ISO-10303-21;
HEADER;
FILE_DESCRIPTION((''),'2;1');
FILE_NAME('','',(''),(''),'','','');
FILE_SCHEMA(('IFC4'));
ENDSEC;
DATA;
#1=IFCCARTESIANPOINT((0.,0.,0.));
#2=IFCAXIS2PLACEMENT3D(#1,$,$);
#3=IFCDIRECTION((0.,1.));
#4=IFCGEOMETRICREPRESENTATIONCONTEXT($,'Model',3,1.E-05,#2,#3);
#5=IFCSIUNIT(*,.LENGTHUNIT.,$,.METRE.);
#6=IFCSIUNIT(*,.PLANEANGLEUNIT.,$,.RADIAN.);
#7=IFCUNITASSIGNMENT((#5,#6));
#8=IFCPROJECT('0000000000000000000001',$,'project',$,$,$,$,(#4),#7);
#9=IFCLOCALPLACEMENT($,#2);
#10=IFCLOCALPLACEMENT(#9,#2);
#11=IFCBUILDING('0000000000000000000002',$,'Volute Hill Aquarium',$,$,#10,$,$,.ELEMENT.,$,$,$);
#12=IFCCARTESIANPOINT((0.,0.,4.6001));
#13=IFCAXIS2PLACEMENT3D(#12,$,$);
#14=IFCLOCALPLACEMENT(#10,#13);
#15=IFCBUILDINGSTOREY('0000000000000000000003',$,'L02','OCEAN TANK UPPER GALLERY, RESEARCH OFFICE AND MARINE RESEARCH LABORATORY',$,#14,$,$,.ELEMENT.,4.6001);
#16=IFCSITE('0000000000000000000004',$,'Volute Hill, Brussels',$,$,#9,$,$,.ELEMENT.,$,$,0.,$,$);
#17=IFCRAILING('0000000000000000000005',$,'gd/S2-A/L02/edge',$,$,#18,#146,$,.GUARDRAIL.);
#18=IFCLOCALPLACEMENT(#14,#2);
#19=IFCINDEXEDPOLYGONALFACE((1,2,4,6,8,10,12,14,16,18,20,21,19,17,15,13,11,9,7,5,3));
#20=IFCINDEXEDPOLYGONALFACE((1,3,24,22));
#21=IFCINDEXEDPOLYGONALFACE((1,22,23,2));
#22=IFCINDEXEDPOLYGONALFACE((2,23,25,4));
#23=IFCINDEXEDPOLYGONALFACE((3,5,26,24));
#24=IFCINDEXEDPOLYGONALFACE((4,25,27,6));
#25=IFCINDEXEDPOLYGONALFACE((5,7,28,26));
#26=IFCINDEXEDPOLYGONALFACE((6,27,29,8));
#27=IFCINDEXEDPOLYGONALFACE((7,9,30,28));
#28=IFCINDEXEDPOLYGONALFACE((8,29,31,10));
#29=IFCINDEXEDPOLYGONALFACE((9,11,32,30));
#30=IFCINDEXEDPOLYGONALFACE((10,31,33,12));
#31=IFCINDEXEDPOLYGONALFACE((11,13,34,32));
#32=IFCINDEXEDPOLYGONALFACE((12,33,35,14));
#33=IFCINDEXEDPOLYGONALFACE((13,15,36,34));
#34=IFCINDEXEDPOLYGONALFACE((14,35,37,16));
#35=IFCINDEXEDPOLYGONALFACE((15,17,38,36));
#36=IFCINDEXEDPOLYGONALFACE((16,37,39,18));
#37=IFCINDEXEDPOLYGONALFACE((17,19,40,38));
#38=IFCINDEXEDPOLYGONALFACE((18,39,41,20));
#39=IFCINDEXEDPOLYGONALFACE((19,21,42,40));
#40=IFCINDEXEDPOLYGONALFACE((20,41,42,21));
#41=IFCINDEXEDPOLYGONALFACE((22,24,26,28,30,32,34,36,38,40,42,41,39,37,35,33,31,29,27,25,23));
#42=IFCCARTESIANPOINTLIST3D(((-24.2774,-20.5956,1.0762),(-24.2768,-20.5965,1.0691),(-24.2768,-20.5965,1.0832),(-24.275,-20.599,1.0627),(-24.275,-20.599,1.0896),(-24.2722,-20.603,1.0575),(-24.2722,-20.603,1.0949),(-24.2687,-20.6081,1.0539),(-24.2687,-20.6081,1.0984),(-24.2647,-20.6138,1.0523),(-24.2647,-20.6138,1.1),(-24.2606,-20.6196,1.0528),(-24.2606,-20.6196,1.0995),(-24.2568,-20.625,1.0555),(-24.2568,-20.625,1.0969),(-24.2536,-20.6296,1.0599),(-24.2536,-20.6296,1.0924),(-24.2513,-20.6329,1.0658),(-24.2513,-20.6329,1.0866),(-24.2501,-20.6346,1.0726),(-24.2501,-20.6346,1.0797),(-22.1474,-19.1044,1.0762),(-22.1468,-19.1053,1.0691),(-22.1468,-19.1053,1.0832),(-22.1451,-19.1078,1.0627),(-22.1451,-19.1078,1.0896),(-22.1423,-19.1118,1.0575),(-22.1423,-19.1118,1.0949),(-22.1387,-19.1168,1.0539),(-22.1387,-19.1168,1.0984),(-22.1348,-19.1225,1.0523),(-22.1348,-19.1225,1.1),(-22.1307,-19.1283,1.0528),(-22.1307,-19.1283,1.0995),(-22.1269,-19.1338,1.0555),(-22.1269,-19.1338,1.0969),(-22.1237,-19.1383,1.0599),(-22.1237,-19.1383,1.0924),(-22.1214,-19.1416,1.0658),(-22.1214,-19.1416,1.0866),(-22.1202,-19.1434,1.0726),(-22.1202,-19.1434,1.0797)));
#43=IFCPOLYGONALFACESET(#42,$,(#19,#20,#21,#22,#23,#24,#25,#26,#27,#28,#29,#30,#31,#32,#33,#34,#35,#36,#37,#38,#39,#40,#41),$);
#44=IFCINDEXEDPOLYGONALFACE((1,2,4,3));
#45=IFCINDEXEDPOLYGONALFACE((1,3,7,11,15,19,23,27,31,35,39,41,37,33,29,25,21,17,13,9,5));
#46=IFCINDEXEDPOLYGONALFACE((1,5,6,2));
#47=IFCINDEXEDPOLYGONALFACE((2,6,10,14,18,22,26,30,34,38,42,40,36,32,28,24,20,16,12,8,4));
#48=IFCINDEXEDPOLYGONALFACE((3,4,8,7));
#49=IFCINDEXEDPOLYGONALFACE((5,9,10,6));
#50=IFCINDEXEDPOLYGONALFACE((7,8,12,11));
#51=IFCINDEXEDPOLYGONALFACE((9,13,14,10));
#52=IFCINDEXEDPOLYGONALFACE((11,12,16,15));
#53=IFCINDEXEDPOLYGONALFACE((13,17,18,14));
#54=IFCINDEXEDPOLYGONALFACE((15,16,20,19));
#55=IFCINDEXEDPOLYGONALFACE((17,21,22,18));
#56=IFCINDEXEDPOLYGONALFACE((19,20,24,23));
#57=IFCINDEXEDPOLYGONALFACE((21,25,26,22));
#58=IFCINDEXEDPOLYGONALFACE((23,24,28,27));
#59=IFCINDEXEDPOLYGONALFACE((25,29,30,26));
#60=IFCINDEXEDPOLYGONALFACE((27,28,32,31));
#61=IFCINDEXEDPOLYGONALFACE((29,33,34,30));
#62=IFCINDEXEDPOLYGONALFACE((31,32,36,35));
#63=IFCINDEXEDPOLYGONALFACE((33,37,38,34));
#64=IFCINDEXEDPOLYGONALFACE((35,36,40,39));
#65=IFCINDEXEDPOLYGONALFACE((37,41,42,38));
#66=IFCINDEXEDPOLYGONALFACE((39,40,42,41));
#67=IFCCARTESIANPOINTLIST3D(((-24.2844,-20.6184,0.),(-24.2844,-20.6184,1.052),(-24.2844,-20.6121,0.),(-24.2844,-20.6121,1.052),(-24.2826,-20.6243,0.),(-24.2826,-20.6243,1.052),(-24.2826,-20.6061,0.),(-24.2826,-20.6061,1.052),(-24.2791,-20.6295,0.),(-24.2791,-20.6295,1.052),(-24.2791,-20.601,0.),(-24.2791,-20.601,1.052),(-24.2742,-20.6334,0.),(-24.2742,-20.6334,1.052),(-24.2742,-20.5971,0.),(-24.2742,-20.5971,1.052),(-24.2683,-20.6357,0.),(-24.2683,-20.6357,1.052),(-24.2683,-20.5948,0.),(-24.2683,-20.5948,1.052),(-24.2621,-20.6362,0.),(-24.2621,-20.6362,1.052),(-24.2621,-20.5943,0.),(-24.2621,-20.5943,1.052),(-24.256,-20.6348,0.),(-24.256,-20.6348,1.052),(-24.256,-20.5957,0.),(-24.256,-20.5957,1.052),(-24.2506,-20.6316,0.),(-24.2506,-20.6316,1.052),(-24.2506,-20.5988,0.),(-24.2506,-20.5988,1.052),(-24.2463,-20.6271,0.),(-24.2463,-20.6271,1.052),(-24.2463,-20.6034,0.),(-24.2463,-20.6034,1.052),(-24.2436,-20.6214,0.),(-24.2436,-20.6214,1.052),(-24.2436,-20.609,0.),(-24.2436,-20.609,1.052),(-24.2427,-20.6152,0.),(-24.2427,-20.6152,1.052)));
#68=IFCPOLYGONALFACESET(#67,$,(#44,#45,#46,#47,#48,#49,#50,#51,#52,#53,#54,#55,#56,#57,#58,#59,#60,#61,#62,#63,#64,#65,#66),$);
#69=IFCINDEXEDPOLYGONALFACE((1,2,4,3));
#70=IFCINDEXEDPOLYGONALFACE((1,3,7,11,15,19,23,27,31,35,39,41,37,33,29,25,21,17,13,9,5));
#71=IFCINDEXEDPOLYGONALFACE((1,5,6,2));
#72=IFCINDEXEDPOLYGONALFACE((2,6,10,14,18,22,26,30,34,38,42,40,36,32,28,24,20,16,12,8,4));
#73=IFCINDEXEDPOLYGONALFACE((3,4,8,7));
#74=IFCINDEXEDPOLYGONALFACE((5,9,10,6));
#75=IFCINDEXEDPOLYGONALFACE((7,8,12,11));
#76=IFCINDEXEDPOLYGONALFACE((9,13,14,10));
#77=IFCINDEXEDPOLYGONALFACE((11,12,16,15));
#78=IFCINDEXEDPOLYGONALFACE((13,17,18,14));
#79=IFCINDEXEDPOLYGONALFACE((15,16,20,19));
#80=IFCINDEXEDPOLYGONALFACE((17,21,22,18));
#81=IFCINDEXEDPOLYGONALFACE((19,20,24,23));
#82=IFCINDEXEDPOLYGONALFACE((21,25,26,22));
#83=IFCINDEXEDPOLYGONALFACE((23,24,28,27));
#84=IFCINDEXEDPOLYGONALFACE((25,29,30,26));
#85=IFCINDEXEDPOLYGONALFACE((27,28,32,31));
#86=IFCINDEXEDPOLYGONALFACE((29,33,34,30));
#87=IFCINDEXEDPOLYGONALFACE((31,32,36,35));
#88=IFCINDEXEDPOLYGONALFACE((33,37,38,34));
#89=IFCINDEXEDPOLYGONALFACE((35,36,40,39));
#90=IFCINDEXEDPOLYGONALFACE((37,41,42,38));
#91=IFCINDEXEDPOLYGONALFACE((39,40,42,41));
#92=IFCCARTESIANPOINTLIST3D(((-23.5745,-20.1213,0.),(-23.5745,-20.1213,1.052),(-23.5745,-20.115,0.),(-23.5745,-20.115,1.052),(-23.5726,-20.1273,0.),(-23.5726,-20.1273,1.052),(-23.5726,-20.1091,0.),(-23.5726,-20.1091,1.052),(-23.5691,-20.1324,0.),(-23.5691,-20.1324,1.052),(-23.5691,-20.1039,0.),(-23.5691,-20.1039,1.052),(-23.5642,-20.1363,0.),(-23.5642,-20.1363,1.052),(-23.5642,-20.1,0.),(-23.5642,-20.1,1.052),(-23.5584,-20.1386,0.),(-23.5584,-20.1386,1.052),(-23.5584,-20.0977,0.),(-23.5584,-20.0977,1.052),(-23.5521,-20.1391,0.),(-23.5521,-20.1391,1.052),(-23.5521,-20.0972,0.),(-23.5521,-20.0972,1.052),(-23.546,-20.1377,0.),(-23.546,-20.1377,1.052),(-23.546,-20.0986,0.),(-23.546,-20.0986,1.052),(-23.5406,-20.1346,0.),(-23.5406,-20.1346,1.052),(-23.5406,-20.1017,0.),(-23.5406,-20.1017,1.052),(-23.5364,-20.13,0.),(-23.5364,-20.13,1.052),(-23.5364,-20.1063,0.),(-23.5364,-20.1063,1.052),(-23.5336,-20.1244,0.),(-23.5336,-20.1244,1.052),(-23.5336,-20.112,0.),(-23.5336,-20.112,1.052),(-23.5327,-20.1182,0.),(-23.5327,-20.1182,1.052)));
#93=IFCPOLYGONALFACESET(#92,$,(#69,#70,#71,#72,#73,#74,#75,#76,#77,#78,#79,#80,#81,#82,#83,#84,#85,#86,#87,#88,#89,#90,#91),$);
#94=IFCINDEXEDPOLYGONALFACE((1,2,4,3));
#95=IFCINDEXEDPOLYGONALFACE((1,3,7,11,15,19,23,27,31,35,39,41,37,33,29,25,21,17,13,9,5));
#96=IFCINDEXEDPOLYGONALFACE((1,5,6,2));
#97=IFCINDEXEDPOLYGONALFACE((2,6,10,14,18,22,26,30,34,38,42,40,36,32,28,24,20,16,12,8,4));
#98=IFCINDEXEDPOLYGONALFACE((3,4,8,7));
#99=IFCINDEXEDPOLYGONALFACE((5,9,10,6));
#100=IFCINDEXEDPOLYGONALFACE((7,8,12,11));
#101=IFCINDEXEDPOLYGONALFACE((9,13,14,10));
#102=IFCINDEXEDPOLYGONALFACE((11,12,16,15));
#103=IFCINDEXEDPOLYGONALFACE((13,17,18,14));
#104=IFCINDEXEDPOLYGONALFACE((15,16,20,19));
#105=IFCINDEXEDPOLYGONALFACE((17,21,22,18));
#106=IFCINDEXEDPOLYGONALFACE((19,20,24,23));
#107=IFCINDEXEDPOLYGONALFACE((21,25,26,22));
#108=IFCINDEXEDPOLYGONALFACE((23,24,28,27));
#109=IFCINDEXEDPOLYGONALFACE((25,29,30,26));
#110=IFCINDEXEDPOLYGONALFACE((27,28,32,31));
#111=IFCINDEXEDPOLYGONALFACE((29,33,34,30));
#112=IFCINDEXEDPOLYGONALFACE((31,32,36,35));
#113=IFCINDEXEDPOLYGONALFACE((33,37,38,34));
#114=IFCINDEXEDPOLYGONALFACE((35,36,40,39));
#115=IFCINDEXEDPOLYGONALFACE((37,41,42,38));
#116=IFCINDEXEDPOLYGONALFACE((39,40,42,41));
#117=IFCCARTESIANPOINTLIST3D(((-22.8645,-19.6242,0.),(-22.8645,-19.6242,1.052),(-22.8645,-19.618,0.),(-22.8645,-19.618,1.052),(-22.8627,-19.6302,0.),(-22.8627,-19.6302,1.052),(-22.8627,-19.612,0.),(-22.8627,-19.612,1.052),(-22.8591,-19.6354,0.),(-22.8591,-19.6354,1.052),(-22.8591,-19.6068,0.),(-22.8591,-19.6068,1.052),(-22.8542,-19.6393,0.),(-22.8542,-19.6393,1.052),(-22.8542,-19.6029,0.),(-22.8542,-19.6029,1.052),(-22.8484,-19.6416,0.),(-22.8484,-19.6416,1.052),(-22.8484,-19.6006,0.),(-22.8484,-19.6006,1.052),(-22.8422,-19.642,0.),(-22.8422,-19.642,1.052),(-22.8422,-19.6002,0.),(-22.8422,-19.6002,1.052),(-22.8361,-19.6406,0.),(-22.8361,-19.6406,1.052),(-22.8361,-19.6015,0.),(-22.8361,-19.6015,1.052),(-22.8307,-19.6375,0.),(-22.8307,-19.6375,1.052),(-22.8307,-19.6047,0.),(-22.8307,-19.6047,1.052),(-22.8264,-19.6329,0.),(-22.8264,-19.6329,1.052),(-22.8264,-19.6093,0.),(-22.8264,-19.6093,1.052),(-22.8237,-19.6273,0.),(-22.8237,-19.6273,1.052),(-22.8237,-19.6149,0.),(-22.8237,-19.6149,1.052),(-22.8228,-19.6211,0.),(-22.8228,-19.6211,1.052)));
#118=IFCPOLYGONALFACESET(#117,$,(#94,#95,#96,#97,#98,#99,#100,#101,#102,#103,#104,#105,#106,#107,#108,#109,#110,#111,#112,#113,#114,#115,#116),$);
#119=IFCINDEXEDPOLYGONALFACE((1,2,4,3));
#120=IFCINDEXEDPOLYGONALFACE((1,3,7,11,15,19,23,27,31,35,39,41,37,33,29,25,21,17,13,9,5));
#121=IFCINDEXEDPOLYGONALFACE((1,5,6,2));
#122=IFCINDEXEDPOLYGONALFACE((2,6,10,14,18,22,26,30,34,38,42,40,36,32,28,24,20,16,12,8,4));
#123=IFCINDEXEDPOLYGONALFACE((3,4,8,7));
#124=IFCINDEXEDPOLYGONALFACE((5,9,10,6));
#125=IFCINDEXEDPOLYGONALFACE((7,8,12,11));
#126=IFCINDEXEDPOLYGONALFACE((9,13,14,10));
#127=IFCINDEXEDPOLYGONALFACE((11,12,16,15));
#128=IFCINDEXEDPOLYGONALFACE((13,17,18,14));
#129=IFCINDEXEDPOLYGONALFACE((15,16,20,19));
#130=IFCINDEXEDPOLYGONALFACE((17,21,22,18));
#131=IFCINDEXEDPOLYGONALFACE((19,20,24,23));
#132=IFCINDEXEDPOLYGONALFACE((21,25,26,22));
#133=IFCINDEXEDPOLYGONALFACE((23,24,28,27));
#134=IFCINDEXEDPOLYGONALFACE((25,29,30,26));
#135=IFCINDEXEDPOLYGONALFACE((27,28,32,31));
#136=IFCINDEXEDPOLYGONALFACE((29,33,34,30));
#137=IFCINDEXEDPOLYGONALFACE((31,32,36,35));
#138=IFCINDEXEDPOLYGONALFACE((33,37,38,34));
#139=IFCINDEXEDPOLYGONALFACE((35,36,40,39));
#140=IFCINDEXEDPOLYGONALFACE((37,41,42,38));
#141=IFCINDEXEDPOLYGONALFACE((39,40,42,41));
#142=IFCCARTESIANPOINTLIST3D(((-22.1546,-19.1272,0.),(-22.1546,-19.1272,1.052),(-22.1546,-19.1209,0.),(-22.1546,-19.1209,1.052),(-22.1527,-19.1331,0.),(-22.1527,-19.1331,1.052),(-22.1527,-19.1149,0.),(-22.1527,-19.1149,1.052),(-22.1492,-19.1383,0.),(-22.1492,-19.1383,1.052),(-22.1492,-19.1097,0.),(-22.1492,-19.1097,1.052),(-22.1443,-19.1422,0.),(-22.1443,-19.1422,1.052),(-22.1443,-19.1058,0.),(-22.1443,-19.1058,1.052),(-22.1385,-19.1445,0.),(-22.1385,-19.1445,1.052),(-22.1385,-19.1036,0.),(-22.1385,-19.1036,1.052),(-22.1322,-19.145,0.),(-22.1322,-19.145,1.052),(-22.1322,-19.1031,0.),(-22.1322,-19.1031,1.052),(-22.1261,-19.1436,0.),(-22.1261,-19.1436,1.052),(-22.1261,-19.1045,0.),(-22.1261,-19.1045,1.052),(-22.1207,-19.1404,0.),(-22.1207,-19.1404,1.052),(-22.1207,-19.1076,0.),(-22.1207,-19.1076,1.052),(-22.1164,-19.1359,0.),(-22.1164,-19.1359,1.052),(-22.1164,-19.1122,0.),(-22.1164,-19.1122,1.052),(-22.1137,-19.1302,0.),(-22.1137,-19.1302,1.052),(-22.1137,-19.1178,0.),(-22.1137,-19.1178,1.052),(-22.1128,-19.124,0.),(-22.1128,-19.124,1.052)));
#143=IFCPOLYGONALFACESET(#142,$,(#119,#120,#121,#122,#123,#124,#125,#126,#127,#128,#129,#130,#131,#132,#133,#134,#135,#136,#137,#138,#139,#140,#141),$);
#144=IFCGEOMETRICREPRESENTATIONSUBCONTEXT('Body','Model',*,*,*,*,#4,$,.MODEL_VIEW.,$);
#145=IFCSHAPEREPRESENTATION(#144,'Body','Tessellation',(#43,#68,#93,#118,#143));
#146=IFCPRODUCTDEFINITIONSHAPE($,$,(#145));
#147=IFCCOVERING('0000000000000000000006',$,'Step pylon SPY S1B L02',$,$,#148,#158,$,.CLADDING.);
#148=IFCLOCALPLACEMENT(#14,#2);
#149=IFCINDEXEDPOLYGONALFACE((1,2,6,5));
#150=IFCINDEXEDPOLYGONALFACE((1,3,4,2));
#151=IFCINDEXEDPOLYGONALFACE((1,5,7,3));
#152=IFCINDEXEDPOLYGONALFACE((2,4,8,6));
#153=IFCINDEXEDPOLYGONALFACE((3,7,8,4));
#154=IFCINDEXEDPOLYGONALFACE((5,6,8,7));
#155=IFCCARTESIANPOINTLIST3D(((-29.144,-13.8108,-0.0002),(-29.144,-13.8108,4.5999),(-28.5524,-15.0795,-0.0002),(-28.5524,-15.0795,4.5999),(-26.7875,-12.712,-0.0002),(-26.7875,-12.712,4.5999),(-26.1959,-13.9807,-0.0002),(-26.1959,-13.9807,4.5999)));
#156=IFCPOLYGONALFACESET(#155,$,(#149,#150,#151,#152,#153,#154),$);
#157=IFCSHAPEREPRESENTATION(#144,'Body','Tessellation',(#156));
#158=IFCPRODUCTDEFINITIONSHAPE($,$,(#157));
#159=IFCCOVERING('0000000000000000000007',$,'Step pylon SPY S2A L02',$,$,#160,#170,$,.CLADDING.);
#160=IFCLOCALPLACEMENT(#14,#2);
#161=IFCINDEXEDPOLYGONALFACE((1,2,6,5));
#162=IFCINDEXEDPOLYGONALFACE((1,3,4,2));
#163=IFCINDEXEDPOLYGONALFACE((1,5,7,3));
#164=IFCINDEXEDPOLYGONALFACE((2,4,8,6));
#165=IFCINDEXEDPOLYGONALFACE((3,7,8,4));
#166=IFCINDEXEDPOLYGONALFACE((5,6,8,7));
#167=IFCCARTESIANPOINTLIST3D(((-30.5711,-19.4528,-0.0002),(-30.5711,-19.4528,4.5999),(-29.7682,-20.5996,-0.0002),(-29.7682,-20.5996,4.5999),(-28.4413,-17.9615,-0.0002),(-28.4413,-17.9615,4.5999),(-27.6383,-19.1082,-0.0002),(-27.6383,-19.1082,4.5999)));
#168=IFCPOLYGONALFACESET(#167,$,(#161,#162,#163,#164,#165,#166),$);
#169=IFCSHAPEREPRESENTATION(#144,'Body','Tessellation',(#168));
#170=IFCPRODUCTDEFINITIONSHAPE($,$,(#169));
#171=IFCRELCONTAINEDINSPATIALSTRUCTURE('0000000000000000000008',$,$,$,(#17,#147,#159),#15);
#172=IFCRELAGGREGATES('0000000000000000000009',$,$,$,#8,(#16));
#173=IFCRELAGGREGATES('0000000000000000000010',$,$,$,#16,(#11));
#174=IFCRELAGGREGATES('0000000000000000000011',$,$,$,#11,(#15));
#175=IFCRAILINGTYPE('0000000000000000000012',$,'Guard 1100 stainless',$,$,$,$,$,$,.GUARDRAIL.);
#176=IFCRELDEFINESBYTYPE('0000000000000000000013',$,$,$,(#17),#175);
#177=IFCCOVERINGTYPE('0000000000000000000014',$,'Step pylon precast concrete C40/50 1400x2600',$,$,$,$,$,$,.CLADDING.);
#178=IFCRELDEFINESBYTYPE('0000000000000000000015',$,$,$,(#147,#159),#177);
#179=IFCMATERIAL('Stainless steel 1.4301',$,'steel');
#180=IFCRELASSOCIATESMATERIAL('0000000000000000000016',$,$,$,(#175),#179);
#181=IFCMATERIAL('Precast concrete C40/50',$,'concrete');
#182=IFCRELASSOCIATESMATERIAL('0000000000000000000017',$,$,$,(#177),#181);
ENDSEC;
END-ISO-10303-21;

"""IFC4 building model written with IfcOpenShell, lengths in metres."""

from ifc_helpers import new_model, si_unit, direction, frame, origin, origin_2d, place, context, subcontext, project, spatial, rectangle, circle, extrude, material, type_object, element, save


model = new_model("IFC4")

# Units and contexts
model_context = context("Model", 3, precision=1e-05, world=origin(), true_north=direction((0.0, 1.0)))
body_context = subcontext(model_context, "Body", "Model", "MODEL_VIEW")
ifc_project = project(units=[si_unit("LENGTHUNIT", "METRE"), si_unit("PLANEANGLEUNIT", "RADIAN")], contexts=[model_context])

# Site, building, storey
site_placement = place(None, origin())
site = spatial("IfcSite", under=ifc_project, at=site_placement, Name="Volute Hill, Brussels", CompositionType="ELEMENT", RefElevation=0.0)
building_placement = place(site_placement, origin())
building = spatial("IfcBuilding", under=site, at=building_placement, Name="Volute Hill Aquarium", CompositionType="ELEMENT")
storey_placement = place(building_placement, frame((0.0, 0.0, 4.6001)))
storey = spatial("IfcBuildingStorey", under=building, at=storey_placement, Name="L02", Description="OCEAN TANK UPPER GALLERY, RESEARCH OFFICE AND MARINE RESEARCH LABORATORY", CompositionType="ELEMENT", Elevation=4.6001)

# Railing
ifc_material_1 = material(Name="Stainless steel 1.4301", Category="steel")
railing_type = type_object("IfcRailingType", Name="Guard 1100 stainless", PredefinedType="GUARDRAIL", material=ifc_material_1)
railing_placement = place(storey_placement, frame((-24.2637, -20.6152, 0.0)))
element("IfcRailing", 1, at=railing_placement, inside=storey, type_object=railing_type, Name="gd/S2-A/L02/edge", PredefinedType="GUARDRAIL", context=body_context, shape_type="SweptSolid", body=[
    extrude(circle(Radius=0.0239, at=origin_2d()), frame((0.0, 0.0, 1.0762), z_axis=(0.819179, 0.573538, 0.0), x_axis=(-0.573538, 0.819179, 0.0)), (0.0, 0.0, 1.0), 2.6001),
    extrude(circle(Radius=0.021, at=origin_2d()), origin(), (0.0, 0.0, 1.0), 1.052),
    extrude(circle(Radius=0.021, at=origin_2d()), frame((0.71, 0.4971, 0.0)), (0.0, 0.0, 1.0), 1.052),
    extrude(circle(Radius=0.021, at=origin_2d()), frame((1.4199, 0.9941, 0.0)), (0.0, 0.0, 1.0), 1.052),
    extrude(circle(Radius=0.021, at=origin_2d()), frame((2.1299, 1.4912, 0.0)), (0.0, 0.0, 1.0), 1.052),
])

# Coverings
ifc_material_2 = material(Name="Precast concrete C40/50", Category="concrete")
covering_type_1 = type_object("IfcCoveringType", Name="Step pylon precast concrete C40/50 1400x2600", PredefinedType="CLADDING", material=ifc_material_2)
for number, where, z_axis, x_axis, name in (
    (2, (-27.6699, -13.8958, -0.0002), (0.0, 0.0, 1.0), (-0.906308, -0.422618, 0.0), "Step pylon SPY S1B L02"),
    (3, (-29.1047, -19.2805, -0.0002), (0.0, 0.0, 1.0), (-0.819152, -0.573576, 0.0), "Step pylon SPY S2A L02"),
):
    element("IfcCovering", number, at=place(storey_placement, frame(where, z_axis=z_axis, x_axis=x_axis)), inside=storey, type_object=covering_type_1, Name=name, PredefinedType="CLADDING", context=body_context, shape_type="SweptSolid", body=[
        extrude(rectangle(XDim=2.6001, YDim=1.3999, at=origin_2d()), origin(), (0.0, 0.0, 1.0), 4.6001),
    ])

save(model, "model.ifc")
